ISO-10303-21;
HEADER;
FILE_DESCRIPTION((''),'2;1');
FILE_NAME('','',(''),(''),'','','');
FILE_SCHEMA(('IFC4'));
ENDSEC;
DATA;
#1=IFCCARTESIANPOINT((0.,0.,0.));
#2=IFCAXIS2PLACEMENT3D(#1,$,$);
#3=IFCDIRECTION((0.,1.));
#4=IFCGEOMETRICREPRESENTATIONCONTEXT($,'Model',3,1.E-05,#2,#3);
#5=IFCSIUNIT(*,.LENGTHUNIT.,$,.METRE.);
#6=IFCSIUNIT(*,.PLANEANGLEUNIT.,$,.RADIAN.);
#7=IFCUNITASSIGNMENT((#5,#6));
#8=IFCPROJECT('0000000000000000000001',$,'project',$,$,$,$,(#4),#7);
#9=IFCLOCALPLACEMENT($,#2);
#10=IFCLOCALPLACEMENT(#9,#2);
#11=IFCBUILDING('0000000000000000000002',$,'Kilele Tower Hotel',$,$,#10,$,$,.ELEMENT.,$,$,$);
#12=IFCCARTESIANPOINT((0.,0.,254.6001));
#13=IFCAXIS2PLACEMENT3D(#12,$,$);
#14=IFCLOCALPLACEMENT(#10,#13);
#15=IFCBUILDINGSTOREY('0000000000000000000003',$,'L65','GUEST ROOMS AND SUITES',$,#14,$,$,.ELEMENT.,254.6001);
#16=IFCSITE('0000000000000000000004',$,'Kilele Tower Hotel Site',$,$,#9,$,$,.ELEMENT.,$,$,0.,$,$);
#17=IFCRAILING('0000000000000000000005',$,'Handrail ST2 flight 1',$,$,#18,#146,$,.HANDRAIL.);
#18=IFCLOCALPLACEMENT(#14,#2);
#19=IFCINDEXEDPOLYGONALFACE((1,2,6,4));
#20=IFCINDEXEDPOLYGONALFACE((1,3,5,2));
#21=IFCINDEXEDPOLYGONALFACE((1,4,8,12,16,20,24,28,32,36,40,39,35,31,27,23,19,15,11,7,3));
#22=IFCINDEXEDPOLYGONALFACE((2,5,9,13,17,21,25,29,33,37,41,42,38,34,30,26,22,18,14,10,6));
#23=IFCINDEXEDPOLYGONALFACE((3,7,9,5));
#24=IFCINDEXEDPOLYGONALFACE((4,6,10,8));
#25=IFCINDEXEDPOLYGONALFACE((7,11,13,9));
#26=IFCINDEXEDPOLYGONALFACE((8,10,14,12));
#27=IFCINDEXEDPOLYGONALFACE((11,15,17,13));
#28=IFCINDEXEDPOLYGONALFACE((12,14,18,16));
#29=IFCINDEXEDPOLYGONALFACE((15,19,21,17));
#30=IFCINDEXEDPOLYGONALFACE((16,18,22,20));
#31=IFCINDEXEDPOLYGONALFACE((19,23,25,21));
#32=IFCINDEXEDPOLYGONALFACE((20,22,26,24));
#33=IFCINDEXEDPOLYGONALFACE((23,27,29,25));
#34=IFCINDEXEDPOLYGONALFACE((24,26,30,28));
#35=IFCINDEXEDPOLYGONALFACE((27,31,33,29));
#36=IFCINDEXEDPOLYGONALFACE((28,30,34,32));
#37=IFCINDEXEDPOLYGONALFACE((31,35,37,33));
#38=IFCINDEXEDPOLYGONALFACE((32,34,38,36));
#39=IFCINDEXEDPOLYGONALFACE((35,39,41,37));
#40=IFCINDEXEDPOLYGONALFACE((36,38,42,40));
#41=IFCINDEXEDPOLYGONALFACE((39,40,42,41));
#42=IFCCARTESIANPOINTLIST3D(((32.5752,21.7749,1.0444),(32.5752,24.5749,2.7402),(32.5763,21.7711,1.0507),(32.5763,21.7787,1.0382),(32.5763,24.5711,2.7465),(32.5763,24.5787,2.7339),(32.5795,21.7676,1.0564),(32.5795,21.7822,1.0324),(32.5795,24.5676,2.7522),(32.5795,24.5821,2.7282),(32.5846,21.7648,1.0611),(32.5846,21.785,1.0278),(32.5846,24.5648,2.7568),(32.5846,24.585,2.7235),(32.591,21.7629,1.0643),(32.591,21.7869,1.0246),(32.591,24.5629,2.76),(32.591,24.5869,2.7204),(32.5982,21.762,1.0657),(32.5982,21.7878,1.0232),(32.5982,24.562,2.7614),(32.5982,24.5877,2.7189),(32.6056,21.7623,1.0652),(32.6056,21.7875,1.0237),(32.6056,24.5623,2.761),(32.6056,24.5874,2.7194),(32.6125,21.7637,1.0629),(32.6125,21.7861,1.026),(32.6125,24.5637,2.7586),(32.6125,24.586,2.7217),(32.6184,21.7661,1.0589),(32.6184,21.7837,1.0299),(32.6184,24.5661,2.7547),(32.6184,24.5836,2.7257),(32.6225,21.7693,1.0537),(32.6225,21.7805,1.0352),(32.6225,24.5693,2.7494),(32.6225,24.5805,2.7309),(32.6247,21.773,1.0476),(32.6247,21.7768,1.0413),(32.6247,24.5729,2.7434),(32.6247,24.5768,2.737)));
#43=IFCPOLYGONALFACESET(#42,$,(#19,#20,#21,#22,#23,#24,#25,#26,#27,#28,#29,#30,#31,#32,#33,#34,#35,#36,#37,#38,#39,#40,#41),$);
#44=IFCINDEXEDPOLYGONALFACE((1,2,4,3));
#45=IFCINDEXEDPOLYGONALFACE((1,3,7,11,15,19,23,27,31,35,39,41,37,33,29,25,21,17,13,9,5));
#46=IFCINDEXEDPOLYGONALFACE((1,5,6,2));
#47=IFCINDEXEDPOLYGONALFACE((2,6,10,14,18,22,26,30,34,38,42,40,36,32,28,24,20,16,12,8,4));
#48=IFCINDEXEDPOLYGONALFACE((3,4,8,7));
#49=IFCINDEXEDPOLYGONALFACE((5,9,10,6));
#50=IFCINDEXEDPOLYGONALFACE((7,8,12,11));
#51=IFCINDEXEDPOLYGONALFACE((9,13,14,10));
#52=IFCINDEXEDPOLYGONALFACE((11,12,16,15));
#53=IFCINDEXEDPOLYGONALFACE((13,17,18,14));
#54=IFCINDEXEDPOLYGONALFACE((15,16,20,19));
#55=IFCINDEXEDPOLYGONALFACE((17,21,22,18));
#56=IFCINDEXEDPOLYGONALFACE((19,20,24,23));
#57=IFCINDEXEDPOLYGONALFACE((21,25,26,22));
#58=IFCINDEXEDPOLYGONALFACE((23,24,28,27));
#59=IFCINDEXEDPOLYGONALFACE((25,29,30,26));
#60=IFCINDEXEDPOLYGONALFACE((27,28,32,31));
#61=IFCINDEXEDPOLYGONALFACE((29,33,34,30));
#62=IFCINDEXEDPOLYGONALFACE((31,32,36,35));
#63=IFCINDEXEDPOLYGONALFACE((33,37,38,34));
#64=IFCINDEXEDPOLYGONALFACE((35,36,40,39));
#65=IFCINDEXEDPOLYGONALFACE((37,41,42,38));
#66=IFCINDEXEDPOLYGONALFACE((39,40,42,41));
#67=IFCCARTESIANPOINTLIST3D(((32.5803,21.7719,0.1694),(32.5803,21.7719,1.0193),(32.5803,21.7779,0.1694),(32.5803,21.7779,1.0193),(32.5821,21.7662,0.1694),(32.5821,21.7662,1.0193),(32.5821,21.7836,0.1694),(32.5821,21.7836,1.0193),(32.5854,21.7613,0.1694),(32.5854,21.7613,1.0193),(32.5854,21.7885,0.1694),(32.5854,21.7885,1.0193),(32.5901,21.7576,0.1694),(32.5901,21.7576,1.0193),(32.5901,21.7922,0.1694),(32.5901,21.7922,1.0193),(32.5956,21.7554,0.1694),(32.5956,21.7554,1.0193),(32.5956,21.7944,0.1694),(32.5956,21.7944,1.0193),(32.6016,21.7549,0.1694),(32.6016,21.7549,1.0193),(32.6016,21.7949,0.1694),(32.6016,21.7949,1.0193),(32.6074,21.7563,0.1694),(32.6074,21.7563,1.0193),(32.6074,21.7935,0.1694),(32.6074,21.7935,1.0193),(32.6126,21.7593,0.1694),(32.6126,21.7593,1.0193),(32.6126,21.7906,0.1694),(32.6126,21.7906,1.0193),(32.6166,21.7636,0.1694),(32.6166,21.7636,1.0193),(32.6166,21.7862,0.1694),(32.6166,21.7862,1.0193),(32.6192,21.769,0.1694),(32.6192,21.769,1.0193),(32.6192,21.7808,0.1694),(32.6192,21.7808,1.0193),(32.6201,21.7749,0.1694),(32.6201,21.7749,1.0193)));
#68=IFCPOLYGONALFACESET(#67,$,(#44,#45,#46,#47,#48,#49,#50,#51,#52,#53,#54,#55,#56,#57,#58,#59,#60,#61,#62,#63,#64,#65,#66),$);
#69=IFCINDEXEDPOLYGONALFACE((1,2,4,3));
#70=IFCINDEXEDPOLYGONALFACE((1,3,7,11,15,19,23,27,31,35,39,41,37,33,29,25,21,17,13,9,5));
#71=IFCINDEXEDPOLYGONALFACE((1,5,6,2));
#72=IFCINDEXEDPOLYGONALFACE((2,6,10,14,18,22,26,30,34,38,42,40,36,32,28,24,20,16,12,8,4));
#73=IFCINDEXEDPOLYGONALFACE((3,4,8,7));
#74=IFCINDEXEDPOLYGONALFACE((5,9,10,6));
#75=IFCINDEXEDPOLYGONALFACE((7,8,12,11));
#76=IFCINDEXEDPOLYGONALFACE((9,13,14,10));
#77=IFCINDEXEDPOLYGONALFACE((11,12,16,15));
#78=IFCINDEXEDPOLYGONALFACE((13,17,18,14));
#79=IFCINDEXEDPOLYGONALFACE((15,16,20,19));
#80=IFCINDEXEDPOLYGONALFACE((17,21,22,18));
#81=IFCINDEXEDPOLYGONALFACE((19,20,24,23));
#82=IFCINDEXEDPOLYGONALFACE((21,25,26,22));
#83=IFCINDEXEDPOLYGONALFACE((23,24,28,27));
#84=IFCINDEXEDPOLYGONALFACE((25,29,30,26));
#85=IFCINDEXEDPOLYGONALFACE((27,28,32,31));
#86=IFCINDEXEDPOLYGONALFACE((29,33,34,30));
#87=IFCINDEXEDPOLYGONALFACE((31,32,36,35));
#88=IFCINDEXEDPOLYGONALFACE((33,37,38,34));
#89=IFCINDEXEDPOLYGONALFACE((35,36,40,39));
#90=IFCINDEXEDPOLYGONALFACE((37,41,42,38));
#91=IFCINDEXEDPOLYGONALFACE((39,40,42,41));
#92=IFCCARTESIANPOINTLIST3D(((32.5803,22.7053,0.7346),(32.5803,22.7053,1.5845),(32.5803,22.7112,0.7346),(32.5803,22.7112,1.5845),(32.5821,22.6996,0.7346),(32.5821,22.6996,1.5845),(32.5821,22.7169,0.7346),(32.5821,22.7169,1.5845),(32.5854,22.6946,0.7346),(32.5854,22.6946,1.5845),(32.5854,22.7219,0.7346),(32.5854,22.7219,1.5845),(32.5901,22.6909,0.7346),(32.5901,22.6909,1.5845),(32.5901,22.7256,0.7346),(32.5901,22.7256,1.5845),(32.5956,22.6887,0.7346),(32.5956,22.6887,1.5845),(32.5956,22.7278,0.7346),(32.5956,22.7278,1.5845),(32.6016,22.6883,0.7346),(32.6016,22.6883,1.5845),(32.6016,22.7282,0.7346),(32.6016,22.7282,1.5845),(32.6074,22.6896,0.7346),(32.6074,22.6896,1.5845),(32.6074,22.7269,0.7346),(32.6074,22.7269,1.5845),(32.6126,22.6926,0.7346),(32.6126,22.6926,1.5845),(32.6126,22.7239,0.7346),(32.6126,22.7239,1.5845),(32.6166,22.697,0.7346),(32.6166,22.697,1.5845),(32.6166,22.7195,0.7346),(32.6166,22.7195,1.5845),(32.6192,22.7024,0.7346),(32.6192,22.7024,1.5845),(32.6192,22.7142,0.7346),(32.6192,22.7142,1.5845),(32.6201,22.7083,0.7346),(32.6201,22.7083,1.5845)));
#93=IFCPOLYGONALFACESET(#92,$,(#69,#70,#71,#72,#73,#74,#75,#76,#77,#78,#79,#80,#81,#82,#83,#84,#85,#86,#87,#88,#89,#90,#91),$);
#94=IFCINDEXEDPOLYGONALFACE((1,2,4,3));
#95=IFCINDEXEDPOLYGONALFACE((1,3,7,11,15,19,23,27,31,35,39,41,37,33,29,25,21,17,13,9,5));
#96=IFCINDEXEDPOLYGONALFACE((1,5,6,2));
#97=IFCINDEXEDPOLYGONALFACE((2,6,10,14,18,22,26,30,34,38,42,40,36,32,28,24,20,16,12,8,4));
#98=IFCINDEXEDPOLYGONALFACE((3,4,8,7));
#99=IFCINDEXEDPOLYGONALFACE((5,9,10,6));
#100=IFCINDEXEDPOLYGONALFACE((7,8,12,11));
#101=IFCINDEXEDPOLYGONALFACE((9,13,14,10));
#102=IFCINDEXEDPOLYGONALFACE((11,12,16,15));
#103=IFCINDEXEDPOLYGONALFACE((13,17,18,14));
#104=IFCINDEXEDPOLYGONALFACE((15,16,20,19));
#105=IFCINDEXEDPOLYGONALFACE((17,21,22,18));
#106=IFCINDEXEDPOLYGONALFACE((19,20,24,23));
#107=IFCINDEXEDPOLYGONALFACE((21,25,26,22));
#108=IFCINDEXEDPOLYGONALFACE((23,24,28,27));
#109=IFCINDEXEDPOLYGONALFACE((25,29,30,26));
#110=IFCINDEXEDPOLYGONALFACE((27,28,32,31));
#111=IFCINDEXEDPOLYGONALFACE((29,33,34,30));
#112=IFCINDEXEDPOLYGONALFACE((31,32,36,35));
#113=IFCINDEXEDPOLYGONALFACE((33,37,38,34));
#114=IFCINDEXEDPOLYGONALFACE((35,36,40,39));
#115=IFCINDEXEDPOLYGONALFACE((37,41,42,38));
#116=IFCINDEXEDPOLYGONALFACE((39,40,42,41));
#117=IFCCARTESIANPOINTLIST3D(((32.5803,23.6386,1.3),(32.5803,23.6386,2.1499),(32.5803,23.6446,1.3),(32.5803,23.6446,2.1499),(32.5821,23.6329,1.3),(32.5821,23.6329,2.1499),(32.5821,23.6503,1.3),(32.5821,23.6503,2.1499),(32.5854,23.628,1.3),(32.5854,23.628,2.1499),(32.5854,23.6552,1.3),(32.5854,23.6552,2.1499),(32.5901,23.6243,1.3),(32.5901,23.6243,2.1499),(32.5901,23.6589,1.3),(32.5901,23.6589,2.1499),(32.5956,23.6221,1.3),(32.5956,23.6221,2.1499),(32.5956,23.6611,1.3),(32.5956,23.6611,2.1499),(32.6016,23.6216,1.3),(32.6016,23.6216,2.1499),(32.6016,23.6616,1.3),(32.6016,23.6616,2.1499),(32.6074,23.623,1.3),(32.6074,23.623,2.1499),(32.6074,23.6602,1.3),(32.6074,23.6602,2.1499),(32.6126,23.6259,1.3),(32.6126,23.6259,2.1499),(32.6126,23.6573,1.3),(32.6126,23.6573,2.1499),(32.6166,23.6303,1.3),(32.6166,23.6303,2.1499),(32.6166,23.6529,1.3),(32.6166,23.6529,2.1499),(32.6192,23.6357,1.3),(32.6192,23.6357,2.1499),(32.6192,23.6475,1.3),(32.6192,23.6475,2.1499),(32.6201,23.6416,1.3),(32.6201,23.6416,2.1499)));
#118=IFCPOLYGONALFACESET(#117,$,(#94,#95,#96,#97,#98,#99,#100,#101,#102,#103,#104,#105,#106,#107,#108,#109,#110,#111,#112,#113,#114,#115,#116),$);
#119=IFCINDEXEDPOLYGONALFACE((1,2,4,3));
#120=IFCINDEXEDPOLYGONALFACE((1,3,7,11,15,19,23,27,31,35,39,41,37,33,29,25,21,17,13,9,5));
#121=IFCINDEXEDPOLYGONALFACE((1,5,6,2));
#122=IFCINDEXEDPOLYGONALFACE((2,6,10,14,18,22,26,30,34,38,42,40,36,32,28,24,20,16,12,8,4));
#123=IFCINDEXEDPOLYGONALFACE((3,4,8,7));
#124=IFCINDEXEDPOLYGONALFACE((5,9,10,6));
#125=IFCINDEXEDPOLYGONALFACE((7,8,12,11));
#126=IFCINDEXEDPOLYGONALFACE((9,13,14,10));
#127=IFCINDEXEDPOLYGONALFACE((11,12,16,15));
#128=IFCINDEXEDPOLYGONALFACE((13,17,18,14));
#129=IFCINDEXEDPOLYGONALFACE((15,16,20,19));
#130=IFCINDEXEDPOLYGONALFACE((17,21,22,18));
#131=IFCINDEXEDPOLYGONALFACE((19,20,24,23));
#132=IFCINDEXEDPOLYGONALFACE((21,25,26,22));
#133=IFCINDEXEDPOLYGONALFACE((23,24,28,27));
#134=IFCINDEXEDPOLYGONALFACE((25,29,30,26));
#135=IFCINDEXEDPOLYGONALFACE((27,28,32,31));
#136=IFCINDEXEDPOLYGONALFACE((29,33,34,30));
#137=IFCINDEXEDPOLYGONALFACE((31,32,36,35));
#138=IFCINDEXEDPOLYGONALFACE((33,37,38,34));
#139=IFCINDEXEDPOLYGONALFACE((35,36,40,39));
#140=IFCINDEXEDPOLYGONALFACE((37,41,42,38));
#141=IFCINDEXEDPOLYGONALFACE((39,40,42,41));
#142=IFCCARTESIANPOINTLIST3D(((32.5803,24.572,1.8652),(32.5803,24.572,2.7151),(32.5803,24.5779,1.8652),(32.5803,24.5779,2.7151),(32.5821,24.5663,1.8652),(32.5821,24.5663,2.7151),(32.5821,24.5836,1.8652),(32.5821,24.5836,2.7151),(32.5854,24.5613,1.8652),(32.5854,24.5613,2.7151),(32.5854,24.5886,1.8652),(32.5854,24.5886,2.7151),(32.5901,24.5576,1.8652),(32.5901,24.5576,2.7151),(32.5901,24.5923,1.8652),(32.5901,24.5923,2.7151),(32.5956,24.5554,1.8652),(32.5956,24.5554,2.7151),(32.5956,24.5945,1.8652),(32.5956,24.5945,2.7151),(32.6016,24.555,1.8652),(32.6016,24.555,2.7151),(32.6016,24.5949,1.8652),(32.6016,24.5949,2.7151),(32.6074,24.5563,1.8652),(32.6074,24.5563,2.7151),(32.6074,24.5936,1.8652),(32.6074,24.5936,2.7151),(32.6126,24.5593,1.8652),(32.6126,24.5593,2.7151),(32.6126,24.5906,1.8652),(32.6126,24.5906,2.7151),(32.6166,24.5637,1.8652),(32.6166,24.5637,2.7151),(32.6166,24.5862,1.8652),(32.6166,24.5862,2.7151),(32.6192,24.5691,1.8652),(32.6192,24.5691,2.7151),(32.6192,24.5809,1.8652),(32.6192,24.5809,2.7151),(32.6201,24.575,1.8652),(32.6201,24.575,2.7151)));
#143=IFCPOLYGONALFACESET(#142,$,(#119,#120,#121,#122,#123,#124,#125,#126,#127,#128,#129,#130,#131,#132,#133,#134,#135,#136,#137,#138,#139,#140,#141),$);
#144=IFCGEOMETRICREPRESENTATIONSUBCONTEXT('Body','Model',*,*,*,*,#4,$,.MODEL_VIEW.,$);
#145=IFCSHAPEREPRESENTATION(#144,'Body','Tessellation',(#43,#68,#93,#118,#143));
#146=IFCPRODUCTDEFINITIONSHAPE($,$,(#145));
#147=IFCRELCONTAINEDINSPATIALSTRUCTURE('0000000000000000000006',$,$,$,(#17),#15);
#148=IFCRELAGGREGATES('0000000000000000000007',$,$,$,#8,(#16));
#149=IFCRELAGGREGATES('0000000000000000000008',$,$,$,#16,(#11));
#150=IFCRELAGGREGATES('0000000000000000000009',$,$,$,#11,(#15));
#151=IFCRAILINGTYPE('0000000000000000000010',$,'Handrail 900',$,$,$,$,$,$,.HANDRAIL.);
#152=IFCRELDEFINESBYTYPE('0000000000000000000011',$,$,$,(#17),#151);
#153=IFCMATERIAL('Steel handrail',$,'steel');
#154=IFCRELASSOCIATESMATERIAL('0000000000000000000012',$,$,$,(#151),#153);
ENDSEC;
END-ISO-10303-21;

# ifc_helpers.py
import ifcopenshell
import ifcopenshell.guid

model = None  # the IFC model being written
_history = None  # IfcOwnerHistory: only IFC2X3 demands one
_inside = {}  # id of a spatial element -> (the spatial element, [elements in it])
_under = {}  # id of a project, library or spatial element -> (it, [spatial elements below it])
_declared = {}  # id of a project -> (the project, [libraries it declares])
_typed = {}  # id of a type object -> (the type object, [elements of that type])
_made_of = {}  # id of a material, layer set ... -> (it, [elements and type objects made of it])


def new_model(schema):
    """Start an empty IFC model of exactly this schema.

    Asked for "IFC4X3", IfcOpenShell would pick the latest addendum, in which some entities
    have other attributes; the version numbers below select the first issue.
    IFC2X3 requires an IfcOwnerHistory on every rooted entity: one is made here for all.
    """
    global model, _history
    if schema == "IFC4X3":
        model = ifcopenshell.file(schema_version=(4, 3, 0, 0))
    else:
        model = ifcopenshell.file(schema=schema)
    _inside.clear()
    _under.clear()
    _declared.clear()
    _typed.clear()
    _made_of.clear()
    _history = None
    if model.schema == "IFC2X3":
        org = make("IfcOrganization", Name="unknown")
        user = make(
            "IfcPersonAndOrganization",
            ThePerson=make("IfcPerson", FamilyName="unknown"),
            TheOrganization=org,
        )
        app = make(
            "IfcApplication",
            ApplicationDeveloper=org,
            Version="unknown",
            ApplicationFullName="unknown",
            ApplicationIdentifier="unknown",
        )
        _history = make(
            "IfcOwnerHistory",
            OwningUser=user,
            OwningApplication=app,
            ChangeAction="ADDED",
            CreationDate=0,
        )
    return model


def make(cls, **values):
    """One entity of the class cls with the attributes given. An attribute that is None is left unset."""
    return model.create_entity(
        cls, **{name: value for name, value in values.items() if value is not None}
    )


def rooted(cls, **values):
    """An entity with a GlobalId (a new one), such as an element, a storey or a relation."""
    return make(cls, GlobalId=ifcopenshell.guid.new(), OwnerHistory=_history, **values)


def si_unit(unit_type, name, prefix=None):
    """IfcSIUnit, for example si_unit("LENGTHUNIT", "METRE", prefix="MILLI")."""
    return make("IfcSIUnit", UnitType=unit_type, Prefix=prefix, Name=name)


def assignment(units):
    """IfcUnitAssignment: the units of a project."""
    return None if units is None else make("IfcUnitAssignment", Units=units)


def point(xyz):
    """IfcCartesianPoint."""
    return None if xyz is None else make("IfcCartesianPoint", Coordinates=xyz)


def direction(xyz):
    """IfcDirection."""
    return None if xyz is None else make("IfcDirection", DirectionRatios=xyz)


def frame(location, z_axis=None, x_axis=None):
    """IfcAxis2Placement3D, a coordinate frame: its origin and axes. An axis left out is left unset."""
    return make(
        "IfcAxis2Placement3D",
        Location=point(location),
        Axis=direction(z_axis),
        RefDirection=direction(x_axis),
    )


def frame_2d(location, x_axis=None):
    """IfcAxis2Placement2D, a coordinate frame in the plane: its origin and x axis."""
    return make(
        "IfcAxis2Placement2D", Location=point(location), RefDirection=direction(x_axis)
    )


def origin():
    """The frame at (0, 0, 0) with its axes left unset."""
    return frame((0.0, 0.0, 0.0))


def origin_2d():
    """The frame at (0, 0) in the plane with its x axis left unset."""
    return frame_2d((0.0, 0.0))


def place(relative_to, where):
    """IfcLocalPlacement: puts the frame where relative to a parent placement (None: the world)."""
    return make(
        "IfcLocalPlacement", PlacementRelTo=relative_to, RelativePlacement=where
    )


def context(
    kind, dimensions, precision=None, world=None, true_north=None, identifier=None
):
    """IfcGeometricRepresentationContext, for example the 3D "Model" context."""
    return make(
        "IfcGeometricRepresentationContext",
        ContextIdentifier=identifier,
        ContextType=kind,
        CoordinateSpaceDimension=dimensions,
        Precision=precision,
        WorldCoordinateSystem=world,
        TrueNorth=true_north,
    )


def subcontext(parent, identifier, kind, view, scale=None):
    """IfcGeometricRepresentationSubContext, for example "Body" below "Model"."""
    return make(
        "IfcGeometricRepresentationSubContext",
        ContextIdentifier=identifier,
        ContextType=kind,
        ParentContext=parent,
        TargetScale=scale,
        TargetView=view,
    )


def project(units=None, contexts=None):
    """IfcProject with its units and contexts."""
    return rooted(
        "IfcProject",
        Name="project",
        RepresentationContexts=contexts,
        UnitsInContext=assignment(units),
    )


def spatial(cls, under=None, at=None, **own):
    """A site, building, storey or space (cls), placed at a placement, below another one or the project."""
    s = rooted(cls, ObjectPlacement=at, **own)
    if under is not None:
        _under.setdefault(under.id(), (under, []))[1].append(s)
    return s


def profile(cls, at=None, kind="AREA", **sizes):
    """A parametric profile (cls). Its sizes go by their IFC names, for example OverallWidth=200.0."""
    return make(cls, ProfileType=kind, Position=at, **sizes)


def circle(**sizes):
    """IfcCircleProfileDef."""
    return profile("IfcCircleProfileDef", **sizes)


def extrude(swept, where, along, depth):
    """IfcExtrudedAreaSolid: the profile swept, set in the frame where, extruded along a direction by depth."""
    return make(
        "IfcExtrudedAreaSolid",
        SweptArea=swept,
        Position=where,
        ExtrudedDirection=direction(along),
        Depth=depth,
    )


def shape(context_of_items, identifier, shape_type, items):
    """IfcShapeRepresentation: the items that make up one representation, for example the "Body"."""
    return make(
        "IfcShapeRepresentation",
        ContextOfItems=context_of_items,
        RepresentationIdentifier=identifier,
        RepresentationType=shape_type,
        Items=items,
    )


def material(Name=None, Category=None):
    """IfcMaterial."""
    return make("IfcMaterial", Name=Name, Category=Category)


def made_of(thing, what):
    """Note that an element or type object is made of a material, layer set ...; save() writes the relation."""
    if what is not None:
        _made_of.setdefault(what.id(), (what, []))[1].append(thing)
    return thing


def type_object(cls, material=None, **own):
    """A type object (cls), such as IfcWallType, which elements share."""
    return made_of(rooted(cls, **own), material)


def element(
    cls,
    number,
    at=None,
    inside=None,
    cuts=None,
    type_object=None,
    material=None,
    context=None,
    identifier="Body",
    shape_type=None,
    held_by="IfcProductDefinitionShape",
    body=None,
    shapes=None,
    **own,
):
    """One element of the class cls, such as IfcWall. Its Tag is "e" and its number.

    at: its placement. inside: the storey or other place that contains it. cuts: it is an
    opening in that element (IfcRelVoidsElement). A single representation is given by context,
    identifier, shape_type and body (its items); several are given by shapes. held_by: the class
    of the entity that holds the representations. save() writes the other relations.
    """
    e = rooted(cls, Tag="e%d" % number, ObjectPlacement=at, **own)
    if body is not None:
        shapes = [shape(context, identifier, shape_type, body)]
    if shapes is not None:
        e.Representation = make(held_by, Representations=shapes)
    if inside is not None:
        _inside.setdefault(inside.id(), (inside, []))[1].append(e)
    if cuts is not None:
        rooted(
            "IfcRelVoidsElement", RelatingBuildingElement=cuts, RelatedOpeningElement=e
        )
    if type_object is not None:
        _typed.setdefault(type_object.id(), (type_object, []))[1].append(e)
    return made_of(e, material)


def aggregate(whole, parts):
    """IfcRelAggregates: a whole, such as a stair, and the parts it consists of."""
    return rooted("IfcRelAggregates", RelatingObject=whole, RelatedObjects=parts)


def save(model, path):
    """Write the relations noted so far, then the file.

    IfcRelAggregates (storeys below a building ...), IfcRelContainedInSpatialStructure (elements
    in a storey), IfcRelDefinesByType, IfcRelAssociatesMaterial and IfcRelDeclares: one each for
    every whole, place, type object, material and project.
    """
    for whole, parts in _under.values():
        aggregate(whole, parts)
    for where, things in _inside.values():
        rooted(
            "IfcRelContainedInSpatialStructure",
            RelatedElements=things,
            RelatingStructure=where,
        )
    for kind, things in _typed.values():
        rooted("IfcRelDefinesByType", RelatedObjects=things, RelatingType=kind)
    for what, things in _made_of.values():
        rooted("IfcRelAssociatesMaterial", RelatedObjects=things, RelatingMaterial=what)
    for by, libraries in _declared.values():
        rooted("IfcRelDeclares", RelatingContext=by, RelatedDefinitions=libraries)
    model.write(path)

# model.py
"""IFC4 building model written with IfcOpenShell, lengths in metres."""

from ifc_helpers import new_model, si_unit, direction, frame, origin, origin_2d, place, context, subcontext, project, spatial, circle, extrude, material, type_object, element, save


model = new_model("IFC4")

# Units and contexts
model_context = context("Model", 3, precision=1e-05, world=origin(), true_north=direction((0.0, 1.0)))
body_context = subcontext(model_context, "Body", "Model", "MODEL_VIEW")
ifc_project = project(units=[si_unit("LENGTHUNIT", "METRE"), si_unit("PLANEANGLEUNIT", "RADIAN")], contexts=[model_context])

# Site, building, storey
site_placement = place(None, origin())
site = spatial("IfcSite", under=ifc_project, at=site_placement, Name="Kilele Tower Hotel Site", CompositionType="ELEMENT", RefElevation=0.0)
building_placement = place(site_placement, origin())
building = spatial("IfcBuilding", under=site, at=building_placement, Name="Kilele Tower Hotel", CompositionType="ELEMENT")
storey_placement = place(building_placement, frame((0.0, 0.0, 254.6001)))
storey = spatial("IfcBuildingStorey", under=building, at=storey_placement, Name="L65", Description="GUEST ROOMS AND SUITES", CompositionType="ELEMENT", Elevation=254.6001)

# Railing
ifc_material_1 = material(Name="Steel handrail", Category="steel")
railing_type_1 = type_object("IfcRailingType", Name="Handrail 900", PredefinedType="HANDRAIL", material=ifc_material_1)
for number, where, name in (
    (1, (32.6001, 21.7749, 0.1694), "Handrail ST2 flight 1"),
):
    element("IfcRailing", number, at=place(storey_placement, frame(where)), inside=storey, type_object=railing_type_1, Name=name, PredefinedType="HANDRAIL", context=body_context, shape_type="SweptSolid", body=[
        extrude(circle(Radius=0.0249, at=origin_2d()), frame((0.0, 0.0, 0.875), z_axis=(0.0, 0.85536, 0.518034), x_axis=(-1.0, 0.0, 0.0)), (0.0, 0.0, 1.0), 3.2734),
        extrude(circle(Radius=0.02, at=origin_2d()), origin(), (0.0, 0.0, 1.0), 0.8499),
        extrude(circle(Radius=0.02, at=origin_2d()), frame((0.0, 0.9333, 0.5652)), (0.0, 0.0, 1.0), 0.8499),
        extrude(circle(Radius=0.02, at=origin_2d()), frame((0.0, 1.8667, 1.1306)), (0.0, 0.0, 1.0), 0.8499),
        extrude(circle(Radius=0.02, at=origin_2d()), frame((0.0, 2.8, 1.6958)), (0.0, 0.0, 1.0), 0.8499),
    ])

save(model, "model.ifc")
